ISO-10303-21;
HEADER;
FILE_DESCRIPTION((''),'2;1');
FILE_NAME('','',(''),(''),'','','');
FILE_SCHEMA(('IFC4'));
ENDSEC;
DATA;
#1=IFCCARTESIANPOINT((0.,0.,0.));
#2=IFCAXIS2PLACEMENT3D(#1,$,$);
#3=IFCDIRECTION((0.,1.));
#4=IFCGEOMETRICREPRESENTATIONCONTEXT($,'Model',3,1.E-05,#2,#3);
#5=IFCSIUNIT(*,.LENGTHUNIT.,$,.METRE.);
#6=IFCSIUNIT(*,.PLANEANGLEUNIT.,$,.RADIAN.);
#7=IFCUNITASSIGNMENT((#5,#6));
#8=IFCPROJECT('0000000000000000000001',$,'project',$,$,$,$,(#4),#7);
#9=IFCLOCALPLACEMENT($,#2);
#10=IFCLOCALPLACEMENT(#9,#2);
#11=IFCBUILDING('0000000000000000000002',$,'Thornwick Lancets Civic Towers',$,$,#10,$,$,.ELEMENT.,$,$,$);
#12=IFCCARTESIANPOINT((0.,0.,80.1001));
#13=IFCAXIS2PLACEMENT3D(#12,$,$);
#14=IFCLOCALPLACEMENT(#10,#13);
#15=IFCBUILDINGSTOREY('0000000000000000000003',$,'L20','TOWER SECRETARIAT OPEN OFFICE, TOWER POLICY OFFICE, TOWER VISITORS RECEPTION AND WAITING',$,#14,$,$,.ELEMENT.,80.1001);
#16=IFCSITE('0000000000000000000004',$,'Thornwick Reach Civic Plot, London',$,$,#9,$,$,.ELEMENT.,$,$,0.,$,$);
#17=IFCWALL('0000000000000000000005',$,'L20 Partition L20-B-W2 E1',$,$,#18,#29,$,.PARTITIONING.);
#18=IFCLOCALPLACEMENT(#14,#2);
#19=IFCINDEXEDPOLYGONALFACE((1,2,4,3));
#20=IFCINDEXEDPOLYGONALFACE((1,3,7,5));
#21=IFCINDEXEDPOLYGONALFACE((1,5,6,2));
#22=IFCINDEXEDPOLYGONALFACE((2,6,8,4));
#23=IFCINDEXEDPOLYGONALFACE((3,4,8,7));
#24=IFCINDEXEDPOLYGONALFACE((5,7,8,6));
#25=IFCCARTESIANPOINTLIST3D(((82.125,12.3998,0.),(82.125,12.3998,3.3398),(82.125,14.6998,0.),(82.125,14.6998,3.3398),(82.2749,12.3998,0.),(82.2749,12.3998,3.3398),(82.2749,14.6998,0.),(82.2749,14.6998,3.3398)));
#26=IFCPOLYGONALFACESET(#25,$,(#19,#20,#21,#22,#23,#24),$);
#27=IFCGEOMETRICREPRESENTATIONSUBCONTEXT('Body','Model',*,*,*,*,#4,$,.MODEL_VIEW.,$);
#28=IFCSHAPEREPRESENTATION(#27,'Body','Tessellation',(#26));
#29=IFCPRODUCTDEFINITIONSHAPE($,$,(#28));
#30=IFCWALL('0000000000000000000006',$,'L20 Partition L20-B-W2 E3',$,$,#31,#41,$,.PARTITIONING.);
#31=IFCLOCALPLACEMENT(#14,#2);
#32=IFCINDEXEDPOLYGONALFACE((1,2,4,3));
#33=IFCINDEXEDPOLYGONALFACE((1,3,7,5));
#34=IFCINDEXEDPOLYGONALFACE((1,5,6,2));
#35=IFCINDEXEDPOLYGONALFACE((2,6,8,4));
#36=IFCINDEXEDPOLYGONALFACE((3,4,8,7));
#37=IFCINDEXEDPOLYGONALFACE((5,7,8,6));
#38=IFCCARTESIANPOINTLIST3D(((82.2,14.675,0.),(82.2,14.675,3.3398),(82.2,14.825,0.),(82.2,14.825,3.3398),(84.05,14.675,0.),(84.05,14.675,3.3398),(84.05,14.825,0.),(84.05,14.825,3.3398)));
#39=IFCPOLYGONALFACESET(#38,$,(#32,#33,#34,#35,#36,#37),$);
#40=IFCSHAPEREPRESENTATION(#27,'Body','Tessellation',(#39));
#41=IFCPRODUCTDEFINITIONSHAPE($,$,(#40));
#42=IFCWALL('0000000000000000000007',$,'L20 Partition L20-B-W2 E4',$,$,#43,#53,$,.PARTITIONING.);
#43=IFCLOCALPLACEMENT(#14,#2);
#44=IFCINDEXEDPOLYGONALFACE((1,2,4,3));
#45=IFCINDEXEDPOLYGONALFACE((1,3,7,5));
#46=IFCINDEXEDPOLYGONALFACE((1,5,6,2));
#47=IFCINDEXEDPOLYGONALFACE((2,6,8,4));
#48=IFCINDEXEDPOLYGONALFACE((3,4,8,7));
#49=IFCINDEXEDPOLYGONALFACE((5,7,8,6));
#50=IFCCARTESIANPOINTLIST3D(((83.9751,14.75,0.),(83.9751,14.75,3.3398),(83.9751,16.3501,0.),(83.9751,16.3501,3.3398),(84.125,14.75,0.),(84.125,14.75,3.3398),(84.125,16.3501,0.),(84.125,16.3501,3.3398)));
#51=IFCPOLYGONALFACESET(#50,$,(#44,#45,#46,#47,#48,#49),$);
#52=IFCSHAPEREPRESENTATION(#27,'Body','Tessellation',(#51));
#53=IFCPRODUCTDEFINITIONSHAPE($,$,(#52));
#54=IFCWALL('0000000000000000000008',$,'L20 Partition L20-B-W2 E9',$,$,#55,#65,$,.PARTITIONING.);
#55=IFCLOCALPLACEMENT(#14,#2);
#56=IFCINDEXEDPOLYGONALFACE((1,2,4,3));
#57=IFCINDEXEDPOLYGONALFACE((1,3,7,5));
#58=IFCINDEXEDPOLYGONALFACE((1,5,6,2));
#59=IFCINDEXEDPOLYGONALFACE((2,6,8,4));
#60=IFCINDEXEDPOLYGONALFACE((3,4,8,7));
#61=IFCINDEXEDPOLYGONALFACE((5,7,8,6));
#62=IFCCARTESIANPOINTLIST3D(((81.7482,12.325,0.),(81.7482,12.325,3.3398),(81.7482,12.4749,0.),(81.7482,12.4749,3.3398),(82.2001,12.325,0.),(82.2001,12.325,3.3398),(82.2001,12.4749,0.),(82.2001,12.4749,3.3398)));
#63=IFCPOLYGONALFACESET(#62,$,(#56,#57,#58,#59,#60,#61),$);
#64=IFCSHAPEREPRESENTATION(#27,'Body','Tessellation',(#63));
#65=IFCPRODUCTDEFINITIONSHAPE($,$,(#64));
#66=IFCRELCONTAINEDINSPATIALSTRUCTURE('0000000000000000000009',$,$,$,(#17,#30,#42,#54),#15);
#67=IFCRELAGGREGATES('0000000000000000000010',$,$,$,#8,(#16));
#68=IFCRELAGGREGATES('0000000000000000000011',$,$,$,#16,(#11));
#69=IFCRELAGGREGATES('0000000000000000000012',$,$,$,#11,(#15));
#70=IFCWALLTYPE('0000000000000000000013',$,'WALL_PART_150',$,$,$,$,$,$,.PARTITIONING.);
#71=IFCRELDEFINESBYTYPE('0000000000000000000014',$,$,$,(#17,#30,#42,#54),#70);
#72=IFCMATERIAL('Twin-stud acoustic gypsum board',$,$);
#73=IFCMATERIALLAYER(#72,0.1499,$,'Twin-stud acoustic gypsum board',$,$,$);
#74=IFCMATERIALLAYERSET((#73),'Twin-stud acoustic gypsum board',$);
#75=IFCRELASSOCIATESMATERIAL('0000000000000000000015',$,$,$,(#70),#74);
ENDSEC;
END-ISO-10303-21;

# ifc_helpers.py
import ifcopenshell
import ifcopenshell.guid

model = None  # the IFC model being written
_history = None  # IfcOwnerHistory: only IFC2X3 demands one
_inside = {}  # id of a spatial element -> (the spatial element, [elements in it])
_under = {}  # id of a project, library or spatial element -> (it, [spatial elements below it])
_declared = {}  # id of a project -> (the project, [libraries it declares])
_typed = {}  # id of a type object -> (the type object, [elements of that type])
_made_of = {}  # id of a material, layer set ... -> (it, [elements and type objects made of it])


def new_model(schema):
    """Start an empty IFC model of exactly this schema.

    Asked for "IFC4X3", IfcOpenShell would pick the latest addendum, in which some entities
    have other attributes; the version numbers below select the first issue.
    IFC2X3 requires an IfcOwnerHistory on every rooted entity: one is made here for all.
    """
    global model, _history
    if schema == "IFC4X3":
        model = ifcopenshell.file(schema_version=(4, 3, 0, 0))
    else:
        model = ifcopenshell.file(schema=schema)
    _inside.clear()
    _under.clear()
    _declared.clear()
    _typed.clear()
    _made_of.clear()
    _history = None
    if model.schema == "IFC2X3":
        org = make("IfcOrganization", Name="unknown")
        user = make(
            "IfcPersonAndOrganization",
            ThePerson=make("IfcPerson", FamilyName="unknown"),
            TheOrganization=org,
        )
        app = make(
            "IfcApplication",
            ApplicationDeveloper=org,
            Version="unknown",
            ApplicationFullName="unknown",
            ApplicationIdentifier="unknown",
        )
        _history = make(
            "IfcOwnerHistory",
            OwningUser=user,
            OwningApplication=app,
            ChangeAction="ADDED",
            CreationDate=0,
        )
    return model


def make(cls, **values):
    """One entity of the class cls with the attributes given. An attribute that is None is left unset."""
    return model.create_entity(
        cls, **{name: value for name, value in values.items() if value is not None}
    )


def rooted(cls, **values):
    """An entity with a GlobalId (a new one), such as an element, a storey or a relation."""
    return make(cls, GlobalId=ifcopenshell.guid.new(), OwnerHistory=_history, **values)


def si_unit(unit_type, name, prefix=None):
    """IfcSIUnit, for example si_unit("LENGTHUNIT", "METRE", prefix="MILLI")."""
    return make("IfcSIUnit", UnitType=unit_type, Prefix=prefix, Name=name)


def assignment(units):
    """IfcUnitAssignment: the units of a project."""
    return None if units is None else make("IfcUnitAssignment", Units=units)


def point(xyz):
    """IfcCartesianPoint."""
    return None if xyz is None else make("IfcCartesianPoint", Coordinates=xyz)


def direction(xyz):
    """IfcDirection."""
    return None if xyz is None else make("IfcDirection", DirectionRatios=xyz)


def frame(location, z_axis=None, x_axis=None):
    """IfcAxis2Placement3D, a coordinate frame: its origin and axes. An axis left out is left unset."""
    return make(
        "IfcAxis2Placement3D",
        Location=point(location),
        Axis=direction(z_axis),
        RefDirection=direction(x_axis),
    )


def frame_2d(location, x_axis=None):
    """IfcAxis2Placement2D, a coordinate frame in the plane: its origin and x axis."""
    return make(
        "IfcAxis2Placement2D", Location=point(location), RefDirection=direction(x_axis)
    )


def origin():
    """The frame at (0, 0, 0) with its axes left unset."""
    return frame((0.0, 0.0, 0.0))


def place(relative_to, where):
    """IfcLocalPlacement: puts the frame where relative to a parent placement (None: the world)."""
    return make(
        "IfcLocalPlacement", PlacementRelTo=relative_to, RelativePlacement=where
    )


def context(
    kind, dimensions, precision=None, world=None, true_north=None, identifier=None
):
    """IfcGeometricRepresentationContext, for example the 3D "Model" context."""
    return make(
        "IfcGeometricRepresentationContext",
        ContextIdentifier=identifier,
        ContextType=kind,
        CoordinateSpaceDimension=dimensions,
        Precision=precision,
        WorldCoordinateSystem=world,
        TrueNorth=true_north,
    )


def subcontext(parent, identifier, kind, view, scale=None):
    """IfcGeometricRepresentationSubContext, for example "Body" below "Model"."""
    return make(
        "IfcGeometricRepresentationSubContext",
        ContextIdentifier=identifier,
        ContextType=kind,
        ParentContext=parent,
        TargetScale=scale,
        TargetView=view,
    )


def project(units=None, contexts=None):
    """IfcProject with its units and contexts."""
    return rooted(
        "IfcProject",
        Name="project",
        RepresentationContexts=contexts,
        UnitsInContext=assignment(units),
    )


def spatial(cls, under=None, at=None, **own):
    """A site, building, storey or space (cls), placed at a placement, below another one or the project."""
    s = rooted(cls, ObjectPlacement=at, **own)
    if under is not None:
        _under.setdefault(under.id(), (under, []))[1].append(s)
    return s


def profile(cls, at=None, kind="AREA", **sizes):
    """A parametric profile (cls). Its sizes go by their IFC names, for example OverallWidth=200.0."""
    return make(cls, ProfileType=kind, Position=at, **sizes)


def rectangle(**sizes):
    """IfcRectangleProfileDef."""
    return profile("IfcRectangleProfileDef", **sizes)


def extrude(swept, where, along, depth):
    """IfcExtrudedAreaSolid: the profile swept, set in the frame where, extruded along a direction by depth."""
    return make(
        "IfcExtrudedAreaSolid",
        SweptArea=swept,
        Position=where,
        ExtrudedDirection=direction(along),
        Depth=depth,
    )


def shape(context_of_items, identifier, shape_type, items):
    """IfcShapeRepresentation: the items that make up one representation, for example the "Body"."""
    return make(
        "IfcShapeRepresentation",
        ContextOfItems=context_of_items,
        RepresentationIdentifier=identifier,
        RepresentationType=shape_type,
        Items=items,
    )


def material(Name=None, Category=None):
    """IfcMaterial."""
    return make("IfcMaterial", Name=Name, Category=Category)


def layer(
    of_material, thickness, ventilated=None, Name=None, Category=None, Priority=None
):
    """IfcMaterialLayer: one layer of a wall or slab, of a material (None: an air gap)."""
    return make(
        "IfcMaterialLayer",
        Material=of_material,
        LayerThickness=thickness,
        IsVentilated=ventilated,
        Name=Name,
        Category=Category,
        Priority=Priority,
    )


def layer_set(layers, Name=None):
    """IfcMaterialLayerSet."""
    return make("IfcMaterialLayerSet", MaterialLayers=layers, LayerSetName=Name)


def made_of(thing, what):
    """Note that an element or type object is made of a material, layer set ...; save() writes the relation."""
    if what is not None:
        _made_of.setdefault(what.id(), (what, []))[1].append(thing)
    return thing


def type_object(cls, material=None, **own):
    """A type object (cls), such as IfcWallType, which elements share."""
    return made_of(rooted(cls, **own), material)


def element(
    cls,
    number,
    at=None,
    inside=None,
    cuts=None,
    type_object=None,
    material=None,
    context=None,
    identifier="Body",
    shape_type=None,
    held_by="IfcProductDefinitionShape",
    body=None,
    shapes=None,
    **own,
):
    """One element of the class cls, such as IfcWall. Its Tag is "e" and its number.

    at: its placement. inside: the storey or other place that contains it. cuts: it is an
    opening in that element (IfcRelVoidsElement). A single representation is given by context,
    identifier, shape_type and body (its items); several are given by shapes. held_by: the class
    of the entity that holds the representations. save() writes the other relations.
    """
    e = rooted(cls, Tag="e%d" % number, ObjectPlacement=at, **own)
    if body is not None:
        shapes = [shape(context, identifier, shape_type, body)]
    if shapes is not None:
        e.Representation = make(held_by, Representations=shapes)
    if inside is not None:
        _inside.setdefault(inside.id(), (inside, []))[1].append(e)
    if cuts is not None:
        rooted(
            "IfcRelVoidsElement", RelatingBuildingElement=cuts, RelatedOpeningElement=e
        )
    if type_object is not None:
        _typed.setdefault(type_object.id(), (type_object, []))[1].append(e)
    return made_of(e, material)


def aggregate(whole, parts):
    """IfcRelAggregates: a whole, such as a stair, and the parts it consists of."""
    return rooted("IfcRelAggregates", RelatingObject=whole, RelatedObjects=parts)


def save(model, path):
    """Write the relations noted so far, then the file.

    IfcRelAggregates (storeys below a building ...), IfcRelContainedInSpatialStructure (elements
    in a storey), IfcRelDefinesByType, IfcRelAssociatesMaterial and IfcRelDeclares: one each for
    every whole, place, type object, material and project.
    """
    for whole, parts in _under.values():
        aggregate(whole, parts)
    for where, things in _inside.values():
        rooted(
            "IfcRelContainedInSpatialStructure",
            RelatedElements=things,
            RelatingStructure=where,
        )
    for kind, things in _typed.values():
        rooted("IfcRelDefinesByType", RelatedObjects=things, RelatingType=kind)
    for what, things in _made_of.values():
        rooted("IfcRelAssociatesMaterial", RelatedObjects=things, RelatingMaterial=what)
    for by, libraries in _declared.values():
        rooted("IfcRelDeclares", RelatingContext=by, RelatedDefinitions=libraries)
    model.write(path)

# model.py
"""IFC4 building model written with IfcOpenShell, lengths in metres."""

from ifc_helpers import new_model, si_unit, direction, frame, frame_2d, origin, place, context, subcontext, project, spatial, rectangle, extrude, material, layer, layer_set, type_object, element, save


model = new_model("IFC4")

# Units and contexts
model_context = context("Model", 3, precision=1e-05, world=origin(), true_north=direction((0.0, 1.0)))
body_context = subcontext(model_context, "Body", "Model", "MODEL_VIEW")
ifc_project = project(units=[si_unit("LENGTHUNIT", "METRE"), si_unit("PLANEANGLEUNIT", "RADIAN")], contexts=[model_context])

# Site, building, storey
site_placement = place(None, origin())
site = spatial("IfcSite", under=ifc_project, at=site_placement, Name="Thornwick Reach Civic Plot, London", CompositionType="ELEMENT", RefElevation=0.0)
building_placement = place(site_placement, origin())
building = spatial("IfcBuilding", under=site, at=building_placement, Name="Thornwick Lancets Civic Towers", CompositionType="ELEMENT")
storey_placement = place(building_placement, frame((0.0, 0.0, 80.1001)))
storey = spatial("IfcBuildingStorey", under=building, at=storey_placement, Name="L20", Description="TOWER SECRETARIAT OPEN OFFICE, TOWER POLICY OFFICE, TOWER VISITORS RECEPTION AND WAITING", CompositionType="ELEMENT", Elevation=80.1001)

# Walls
ifc_material_1 = material(Name="Twin-stud acoustic gypsum board")
ifc_layer_1 = layer(ifc_material_1, 0.1499, Name="Twin-stud acoustic gypsum board")
ifc_layer_set_1 = layer_set([ifc_layer_1], Name="Twin-stud acoustic gypsum board")
wall_type_1 = type_object("IfcWallType", Name="WALL_PART_150", PredefinedType="PARTITIONING", material=ifc_layer_set_1)
wall_1_placement = place(storey_placement, frame((82.2, 12.3999, 0.0), z_axis=(0.0, 0.0, 1.0), x_axis=(0.0, 1.0, 0.0)))
element("IfcWall", 1, at=wall_1_placement, inside=storey, type_object=wall_type_1, Name="L20 Partition L20-B-W2 E1", PredefinedType="PARTITIONING", context=body_context, shape_type="SweptSolid", body=[
    extrude(rectangle(XDim=2.3, YDim=0.1499, at=frame_2d((1.1499, 0.0))), origin(), (0.0, 0.0, 1.0), 3.3398),
])
wall_2_placement = place(storey_placement, frame((82.2, 14.75, 0.0), z_axis=(0.0, 0.0, 1.0), x_axis=(1.0, 0.0, 0.0)))
element("IfcWall", 2, at=wall_2_placement, inside=storey, type_object=wall_type_1, Name="L20 Partition L20-B-W2 E3", PredefinedType="PARTITIONING", context=body_context, shape_type="SweptSolid", body=[
    extrude(rectangle(XDim=1.8501, YDim=0.1499, at=frame_2d((0.925, 0.0))), origin(), (0.0, 0.0, 1.0), 3.3398),
])
wall_3_placement = place(storey_placement, frame((84.05, 14.75, 0.0), z_axis=(0.0, 0.0, 1.0), x_axis=(0.0, 1.0, 0.0)))
element("IfcWall", 3, at=wall_3_placement, inside=storey, type_object=wall_type_1, Name="L20 Partition L20-B-W2 E4", PredefinedType="PARTITIONING", context=body_context, shape_type="SweptSolid", body=[
    extrude(rectangle(XDim=1.6001, YDim=0.1499, at=frame_2d((0.8, 0.0))), origin(), (0.0, 0.0, 1.0), 3.3398),
])

# Wall
wall_4_placement = place(storey_placement, frame((81.748, 12.3999, 0.0), z_axis=(0.0, 0.0, 1.0), x_axis=(1.0, 0.0, 0.0)))
element("IfcWall", 4, at=wall_4_placement, inside=storey, type_object=wall_type_1, Name="L20 Partition L20-B-W2 E9", PredefinedType="PARTITIONING", context=body_context, shape_type="SweptSolid", body=[
    extrude(rectangle(XDim=0.4519, YDim=0.1499, at=frame_2d((0.2261, 0.0))), origin(), (0.0, 0.0, 1.0), 3.3398),
])

save(model, "model.ifc")
